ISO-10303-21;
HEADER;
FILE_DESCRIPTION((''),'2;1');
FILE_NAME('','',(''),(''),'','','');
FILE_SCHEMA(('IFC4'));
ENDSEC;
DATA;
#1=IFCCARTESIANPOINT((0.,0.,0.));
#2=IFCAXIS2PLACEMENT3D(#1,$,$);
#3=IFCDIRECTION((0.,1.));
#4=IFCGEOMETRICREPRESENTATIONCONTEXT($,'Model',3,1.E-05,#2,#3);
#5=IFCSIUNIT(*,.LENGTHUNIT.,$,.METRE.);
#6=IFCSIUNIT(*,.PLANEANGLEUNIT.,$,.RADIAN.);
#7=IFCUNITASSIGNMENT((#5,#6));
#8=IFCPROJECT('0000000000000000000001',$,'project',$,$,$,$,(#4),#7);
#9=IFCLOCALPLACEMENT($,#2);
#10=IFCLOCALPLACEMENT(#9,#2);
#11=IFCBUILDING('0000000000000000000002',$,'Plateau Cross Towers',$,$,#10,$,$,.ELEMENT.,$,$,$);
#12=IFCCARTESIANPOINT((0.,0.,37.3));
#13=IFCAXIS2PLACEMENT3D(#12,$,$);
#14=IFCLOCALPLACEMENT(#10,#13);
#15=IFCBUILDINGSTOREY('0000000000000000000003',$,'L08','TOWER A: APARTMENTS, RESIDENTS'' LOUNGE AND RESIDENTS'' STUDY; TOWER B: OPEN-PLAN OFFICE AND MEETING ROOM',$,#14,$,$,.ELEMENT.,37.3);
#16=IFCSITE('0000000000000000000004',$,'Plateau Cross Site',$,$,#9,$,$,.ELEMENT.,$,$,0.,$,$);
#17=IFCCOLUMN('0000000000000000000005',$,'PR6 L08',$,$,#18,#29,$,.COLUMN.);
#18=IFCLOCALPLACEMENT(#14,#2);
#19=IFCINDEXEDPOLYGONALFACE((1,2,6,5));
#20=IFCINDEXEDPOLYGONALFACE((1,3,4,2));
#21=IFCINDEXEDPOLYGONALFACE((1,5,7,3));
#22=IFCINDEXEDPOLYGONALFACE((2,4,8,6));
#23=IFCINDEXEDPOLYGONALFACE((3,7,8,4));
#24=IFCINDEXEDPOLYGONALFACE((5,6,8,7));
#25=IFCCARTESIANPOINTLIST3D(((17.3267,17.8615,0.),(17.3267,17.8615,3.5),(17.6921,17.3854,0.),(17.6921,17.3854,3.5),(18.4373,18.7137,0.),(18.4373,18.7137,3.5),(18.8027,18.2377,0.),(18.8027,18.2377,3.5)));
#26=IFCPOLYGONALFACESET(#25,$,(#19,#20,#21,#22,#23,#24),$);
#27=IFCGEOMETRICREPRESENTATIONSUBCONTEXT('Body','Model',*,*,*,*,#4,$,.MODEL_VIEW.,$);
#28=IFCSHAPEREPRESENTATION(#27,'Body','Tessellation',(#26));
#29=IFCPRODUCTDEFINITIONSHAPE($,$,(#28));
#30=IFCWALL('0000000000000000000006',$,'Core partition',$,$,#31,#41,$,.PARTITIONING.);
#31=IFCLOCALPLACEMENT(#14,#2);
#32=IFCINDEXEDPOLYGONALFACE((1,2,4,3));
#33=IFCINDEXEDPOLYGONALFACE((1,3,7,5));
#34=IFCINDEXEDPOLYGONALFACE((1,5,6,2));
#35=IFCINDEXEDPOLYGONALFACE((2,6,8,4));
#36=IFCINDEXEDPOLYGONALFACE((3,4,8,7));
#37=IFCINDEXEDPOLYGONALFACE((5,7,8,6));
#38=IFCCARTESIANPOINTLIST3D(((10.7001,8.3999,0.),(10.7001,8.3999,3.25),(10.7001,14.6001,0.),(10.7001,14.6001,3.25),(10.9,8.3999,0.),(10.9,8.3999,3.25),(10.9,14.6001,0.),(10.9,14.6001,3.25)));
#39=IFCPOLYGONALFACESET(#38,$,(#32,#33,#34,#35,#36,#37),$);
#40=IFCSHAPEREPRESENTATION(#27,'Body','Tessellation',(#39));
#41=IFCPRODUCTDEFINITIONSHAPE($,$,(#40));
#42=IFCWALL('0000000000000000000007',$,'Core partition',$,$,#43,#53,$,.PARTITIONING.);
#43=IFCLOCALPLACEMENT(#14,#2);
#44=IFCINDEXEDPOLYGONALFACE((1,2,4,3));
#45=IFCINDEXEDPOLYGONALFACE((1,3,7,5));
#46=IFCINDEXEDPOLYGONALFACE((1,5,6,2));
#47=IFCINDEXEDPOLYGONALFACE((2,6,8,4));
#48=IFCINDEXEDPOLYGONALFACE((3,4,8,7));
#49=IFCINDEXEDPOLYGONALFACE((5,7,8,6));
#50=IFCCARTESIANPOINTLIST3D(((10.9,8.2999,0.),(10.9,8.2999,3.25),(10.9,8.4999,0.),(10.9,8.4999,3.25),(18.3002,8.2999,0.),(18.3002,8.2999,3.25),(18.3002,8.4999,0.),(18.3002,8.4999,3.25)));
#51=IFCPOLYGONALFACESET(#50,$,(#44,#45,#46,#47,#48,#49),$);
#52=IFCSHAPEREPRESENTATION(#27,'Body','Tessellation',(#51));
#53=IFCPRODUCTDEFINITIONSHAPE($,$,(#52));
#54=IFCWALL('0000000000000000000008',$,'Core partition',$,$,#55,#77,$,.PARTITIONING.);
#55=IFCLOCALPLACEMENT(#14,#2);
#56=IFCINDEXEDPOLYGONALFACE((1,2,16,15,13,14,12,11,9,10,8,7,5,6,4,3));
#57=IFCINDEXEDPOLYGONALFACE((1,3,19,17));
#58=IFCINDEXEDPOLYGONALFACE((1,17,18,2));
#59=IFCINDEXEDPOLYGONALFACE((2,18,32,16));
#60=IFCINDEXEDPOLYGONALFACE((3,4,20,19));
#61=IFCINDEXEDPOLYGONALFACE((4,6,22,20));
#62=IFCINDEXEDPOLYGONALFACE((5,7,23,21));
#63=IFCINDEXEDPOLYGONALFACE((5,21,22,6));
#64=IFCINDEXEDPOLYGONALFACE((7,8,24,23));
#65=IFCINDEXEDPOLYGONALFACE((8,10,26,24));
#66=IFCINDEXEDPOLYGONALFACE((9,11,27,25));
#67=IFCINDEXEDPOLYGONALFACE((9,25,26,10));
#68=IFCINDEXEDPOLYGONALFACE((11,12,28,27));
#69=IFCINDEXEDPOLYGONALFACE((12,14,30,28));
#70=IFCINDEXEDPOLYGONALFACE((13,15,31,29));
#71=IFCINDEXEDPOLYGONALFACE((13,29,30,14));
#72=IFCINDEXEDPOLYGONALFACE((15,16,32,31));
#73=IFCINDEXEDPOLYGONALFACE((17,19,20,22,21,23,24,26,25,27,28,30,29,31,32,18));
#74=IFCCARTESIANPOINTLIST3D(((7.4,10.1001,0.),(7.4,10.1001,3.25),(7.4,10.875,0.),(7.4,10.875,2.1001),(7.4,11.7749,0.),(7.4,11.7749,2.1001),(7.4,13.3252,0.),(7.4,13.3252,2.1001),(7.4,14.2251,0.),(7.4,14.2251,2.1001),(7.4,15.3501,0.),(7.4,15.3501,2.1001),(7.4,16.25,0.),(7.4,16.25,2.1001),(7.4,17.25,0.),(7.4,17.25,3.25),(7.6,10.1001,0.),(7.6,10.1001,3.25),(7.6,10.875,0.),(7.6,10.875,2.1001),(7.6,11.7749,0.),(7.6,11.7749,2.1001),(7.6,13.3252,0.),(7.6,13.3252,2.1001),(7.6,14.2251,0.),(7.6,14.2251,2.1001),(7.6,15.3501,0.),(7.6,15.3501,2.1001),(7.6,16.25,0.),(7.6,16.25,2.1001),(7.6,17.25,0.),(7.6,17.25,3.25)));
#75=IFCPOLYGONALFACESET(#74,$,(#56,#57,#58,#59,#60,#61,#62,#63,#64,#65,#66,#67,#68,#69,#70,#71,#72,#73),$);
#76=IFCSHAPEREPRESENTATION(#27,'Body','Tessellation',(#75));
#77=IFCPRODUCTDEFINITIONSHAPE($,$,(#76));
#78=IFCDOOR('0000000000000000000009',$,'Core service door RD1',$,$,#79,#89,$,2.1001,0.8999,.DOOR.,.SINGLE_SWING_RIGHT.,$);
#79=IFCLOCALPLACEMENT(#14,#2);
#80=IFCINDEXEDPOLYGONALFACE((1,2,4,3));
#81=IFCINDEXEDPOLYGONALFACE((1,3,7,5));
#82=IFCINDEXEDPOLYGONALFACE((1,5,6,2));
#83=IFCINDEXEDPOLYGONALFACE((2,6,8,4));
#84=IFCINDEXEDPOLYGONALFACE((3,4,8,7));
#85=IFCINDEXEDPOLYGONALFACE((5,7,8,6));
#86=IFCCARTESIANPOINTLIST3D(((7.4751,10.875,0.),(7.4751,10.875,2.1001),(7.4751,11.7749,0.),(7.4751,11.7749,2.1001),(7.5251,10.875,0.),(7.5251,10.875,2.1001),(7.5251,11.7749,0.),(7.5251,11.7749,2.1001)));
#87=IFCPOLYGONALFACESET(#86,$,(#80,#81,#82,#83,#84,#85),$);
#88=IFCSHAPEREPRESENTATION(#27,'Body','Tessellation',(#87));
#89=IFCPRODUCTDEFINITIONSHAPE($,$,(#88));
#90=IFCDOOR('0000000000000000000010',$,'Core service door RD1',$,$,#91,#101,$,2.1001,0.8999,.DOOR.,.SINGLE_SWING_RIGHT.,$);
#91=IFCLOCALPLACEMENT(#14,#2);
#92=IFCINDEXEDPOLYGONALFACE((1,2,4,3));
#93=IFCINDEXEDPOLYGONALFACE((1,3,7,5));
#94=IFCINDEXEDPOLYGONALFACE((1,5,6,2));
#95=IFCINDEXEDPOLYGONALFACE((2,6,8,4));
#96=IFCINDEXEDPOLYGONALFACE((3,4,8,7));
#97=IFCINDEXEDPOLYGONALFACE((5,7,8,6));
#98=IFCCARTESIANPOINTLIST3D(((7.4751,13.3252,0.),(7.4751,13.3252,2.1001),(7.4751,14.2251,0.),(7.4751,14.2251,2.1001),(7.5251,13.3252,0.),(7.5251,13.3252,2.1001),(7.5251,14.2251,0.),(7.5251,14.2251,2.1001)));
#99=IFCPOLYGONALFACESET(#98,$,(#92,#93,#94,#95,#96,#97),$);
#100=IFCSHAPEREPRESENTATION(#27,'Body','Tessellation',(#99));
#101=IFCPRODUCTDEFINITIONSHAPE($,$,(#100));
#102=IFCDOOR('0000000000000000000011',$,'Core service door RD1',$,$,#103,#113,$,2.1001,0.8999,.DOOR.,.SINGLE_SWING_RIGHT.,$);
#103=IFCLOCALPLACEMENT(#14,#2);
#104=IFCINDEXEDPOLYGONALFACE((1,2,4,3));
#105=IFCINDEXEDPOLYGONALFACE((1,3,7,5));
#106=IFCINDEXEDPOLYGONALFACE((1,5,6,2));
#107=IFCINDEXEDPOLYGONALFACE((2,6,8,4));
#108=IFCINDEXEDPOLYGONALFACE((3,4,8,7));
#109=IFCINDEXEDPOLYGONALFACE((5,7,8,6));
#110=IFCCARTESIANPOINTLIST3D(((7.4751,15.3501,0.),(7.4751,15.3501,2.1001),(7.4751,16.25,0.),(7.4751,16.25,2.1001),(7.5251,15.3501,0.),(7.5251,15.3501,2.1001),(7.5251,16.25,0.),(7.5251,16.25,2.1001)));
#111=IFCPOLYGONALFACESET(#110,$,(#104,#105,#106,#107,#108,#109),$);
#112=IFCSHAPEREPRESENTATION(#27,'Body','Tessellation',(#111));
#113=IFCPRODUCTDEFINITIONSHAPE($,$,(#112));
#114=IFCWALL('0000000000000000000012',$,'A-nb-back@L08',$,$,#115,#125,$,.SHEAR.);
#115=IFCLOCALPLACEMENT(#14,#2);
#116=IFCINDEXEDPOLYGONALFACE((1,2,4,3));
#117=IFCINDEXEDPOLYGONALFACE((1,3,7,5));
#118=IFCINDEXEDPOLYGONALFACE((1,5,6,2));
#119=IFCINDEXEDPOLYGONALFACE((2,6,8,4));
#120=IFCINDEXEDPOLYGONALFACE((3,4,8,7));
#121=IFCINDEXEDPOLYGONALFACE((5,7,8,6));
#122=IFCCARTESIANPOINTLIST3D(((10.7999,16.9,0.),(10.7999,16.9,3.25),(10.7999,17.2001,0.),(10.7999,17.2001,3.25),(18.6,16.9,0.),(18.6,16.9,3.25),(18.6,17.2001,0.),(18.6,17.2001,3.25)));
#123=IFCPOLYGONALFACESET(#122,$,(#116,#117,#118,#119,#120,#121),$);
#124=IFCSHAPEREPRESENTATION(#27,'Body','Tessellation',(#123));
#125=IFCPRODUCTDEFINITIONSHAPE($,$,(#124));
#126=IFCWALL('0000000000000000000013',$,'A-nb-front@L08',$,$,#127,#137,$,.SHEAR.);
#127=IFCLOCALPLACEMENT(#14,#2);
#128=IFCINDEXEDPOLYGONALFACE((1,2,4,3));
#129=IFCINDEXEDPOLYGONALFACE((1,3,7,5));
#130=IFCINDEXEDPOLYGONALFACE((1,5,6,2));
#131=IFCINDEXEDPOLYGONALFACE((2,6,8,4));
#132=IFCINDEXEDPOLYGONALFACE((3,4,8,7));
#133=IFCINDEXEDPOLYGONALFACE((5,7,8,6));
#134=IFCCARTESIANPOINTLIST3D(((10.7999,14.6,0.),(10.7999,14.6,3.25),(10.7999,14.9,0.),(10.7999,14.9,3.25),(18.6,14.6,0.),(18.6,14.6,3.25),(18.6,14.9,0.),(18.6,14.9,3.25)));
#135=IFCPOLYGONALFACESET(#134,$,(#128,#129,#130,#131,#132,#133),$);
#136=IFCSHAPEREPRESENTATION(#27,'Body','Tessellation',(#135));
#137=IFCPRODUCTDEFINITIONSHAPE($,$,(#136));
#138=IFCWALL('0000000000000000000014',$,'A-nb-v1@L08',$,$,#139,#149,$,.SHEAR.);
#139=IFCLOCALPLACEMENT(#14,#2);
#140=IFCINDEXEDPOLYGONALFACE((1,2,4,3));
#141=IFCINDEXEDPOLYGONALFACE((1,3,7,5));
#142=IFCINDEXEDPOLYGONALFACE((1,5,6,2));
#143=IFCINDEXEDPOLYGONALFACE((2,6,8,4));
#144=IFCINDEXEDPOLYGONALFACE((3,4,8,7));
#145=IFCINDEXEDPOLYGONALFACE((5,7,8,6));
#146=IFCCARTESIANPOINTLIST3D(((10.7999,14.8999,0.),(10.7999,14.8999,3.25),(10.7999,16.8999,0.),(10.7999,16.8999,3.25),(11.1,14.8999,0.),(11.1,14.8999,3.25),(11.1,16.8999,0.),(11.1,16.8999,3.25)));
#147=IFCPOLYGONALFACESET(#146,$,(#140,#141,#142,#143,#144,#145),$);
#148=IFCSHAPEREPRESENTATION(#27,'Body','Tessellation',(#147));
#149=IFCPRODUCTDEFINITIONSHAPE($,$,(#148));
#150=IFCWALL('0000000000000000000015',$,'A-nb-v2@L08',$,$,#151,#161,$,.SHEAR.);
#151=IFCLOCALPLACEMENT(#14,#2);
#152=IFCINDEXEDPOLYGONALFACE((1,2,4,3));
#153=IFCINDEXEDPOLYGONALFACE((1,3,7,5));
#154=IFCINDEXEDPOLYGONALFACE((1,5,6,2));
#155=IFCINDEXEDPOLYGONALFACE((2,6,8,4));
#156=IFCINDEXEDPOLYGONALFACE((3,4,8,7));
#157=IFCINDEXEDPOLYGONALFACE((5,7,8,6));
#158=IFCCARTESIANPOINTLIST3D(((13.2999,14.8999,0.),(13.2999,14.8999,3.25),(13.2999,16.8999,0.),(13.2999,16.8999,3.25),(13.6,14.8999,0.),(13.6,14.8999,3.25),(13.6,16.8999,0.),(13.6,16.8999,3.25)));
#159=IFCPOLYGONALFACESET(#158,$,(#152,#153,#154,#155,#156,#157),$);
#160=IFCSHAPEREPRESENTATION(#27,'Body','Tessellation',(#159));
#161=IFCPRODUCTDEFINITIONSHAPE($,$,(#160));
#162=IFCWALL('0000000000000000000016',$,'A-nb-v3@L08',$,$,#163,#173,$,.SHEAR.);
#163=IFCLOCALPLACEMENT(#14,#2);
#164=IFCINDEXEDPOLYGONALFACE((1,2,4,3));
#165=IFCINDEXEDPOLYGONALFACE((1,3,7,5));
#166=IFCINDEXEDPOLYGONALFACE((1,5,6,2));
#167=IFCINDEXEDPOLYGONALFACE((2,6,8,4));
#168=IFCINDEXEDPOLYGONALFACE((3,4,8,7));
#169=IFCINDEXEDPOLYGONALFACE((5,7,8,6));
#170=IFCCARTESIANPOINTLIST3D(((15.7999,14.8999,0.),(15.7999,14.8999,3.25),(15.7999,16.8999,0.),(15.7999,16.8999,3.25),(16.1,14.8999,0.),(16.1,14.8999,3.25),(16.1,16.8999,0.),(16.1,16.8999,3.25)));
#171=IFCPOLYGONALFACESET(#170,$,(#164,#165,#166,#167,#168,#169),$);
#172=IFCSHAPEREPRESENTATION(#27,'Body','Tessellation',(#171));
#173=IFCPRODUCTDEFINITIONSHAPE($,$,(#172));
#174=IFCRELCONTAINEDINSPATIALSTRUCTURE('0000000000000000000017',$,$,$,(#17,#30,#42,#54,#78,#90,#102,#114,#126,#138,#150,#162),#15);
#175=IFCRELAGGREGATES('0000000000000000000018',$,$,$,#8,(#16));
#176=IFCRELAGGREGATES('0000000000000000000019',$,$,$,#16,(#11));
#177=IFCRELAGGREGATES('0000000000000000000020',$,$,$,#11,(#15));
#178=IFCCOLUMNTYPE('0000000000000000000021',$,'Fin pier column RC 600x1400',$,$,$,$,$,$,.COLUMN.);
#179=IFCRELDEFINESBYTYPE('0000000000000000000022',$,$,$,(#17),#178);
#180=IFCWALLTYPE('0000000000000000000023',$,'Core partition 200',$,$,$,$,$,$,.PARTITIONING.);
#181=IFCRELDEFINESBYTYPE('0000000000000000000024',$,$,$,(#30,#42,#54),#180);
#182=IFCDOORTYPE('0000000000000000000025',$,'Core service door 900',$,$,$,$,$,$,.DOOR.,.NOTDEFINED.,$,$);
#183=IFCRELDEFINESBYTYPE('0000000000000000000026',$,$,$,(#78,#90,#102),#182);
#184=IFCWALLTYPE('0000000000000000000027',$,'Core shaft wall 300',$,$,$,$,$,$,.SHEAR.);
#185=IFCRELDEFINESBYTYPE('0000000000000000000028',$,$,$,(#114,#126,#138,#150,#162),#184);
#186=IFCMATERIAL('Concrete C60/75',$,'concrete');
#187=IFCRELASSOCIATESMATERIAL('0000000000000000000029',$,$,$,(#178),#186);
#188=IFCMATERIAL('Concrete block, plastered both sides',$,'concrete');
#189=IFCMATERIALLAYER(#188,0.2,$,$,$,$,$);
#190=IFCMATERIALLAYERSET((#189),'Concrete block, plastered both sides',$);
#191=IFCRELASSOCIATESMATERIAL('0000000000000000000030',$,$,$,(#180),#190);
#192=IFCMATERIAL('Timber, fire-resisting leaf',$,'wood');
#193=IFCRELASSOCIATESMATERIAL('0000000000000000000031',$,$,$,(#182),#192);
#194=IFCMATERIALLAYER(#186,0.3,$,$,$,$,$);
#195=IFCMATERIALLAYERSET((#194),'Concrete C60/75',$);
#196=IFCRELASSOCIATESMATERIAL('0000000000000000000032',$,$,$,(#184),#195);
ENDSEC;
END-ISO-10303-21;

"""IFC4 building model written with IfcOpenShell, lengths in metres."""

from ifc_helpers import new_model, si_unit, direction, frame, frame_2d, origin, origin_2d, place, context, subcontext, project, spatial, rectangle, extrude, material, layer, layer_set, material_profile, profile_set, type_object, element, fill, save


model = new_model("IFC4")

# Units and contexts
model_context = context("Model", 3, precision=1e-05, world=origin(), true_north=direction((0.0, 1.0)))
body_context = subcontext(model_context, "Body", "Model", "MODEL_VIEW")
ifc_project = project(units=[si_unit("LENGTHUNIT", "METRE"), si_unit("PLANEANGLEUNIT", "RADIAN")], contexts=[model_context])

# Site, building, storey
site_placement = place(None, origin())
site = spatial("IfcSite", under=ifc_project, at=site_placement, Name="Plateau Cross Site", CompositionType="ELEMENT", RefElevation=0.0)
building_placement = place(site_placement, origin())
building = spatial("IfcBuilding", under=site, at=building_placement, Name="Plateau Cross Towers", CompositionType="ELEMENT")
storey_placement = place(building_placement, frame((0.0, 0.0, 37.3)))
storey = spatial("IfcBuildingStorey", under=building, at=storey_placement, Name="L08", Description="TOWER A: APARTMENTS, RESIDENTS' LOUNGE AND RESIDENTS' STUDY; TOWER B: OPEN-PLAN OFFICE AND MEETING ROOM", CompositionType="ELEMENT", Elevation=37.3)

# Column
ifc_material_1 = material(Name="Concrete C60/75", Category="concrete")
ifc_material_profile = material_profile(ifc_material_1, rectangle(XDim=0.6001, YDim=1.3999, at=origin_2d()), Name="RC 600x1400")
ifc_profile_set = profile_set([ifc_material_profile], Name="Concrete C60/75")
column_type = type_object("IfcColumnType", Name="Fin pier column RC 600x1400", PredefinedType="COLUMN", material=ifc_profile_set)
column_placement = place(storey_placement, frame((18.0647, 18.0496, 0.0), z_axis=(0.0, 0.0, 1.0), x_axis=(-0.608811, 0.793315, 0.0)))
element("IfcColumn", 1, at=column_placement, inside=storey, type_object=column_type, Name="PR6 L08", PredefinedType="COLUMN", context=body_context, shape_type="SweptSolid", body=[
    extrude(rectangle(XDim=0.6001, YDim=1.3999, at=origin_2d()), origin(), (0.0, 0.0, 1.0), 3.5),
])

# Walls
ifc_material_2 = material(Name="Concrete block, plastered both sides", Category="concrete")
ifc_layer_1 = layer(ifc_material_2, 0.2)
ifc_layer_set_1 = layer_set([ifc_layer_1], Name="Concrete block, plastered both sides")
wall_type_1 = type_object("IfcWallType", Name="Core partition 200", PredefinedType="PARTITIONING", material=ifc_layer_set_1)
wall_1_placement = place(storey_placement, frame((10.8, 8.3999, 0.0), z_axis=(0.0, 0.0, 1.0), x_axis=(0.0, 1.0, 0.0)))
element("IfcWall", 2, at=wall_1_placement, inside=storey, type_object=wall_type_1, Name="Core partition", PredefinedType="PARTITIONING", context=body_context, shape_type="SweptSolid", body=[
    extrude(rectangle(XDim=6.2002, YDim=0.2, at=frame_2d((3.1001, 0.0))), origin(), (0.0, 0.0, 1.0), 3.25),
])
wall_2_placement = place(storey_placement, frame((10.8999, 8.3999, 0.0), z_axis=(0.0, 0.0, 1.0), x_axis=(1.0, 0.0, 0.0)))
element("IfcWall", 3, at=wall_2_placement, inside=storey, type_object=wall_type_1, Name="Core partition", PredefinedType="PARTITIONING", context=body_context, shape_type="SweptSolid", body=[
    extrude(rectangle(XDim=7.4001, YDim=0.2, at=frame_2d((3.7002, 0.0))), origin(), (0.0, 0.0, 1.0), 3.25),
])

# Wall, openings, doors
wall_3_placement = place(storey_placement, frame((7.5, 10.1001, 0.0), z_axis=(0.0, 0.0, 1.0), x_axis=(0.0, 1.0, 0.0)))
wall_3 = element("IfcWall", 4, at=wall_3_placement, inside=storey, type_object=wall_type_1, Name="Core partition", PredefinedType="PARTITIONING", context=body_context, shape_type="SweptSolid", body=[
    extrude(rectangle(XDim=7.1499, YDim=0.2, at=frame_2d((3.575, 0.0))), origin(), (0.0, 0.0, 1.0), 3.25),
])
opening_1_placement = place(wall_3_placement, frame((0.7749, 0.0, 0.0)))
opening_1 = element("IfcOpeningElement", 5, at=opening_1_placement, cuts=wall_3, PredefinedType="OPENING", context=body_context, shape_type="SweptSolid", body=[
    extrude(rectangle(XDim=0.8999, YDim=2.1001, at=frame_2d((0.45, 1.05))), frame((0.0, 0.1099, 0.0), z_axis=(0.0, -1.0, 0.0), x_axis=(1.0, 0.0, 0.0)), (0.0, 0.0, 1.0), 0.22),
])
opening_2_placement = place(wall_3_placement, frame((3.2251, 0.0, 0.0)))
opening_2 = element("IfcOpeningElement", 6, at=opening_2_placement, cuts=wall_3, PredefinedType="OPENING", context=body_context, shape_type="SweptSolid", body=[
    extrude(rectangle(XDim=0.8999, YDim=2.1001, at=frame_2d((0.45, 1.05))), frame((0.0, 0.1099, 0.0), z_axis=(0.0, -1.0, 0.0), x_axis=(1.0, 0.0, 0.0)), (0.0, 0.0, 1.0), 0.22),
])
opening_3_placement = place(wall_3_placement, frame((5.25, 0.0, 0.0)))
opening_3 = element("IfcOpeningElement", 7, at=opening_3_placement, cuts=wall_3, PredefinedType="OPENING", context=body_context, shape_type="SweptSolid", body=[
    extrude(rectangle(XDim=0.8999, YDim=2.1001, at=frame_2d((0.45, 1.05))), frame((0.0, 0.1099, 0.0), z_axis=(0.0, -1.0, 0.0), x_axis=(1.0, 0.0, 0.0)), (0.0, 0.0, 1.0), 0.22),
])
ifc_material_3 = material(Name="Timber, fire-resisting leaf", Category="wood")
door_type_1 = type_object("IfcDoorType", Name="Core service door 900", OperationType="NOTDEFINED", PredefinedType="DOOR", material=ifc_material_3)
door_1_placement = place(opening_1_placement, origin())
door_1 = element("IfcDoor", 8, at=door_1_placement, inside=storey, type_object=door_type_1, Name="Core service door RD1", OperationType="SINGLE_SWING_RIGHT", OverallHeight=2.1001, OverallWidth=0.8999, PredefinedType="DOOR", context=body_context, shape_type="SweptSolid", body=[
    extrude(rectangle(XDim=0.8999, YDim=2.1001, at=frame_2d((0.45, 1.05))), frame((0.0, 0.0249, 0.0), z_axis=(0.0, -1.0, 0.0), x_axis=(1.0, 0.0, 0.0)), (0.0, 0.0, 1.0), 0.05),
])
fill(opening_1, door_1)
door_2_placement = place(opening_2_placement, origin())
door_2 = element("IfcDoor", 9, at=door_2_placement, inside=storey, type_object=door_type_1, Name="Core service door RD1", OperationType="SINGLE_SWING_RIGHT", OverallHeight=2.1001, OverallWidth=0.8999, PredefinedType="DOOR", context=body_context, shape_type="SweptSolid", body=[
    extrude(rectangle(XDim=0.8999, YDim=2.1001, at=frame_2d((0.45, 1.05))), frame((0.0, 0.0249, 0.0), z_axis=(0.0, -1.0, 0.0), x_axis=(1.0, 0.0, 0.0)), (0.0, 0.0, 1.0), 0.05),
])
fill(opening_2, door_2)
door_3_placement = place(opening_3_placement, origin())
door_3 = element("IfcDoor", 10, at=door_3_placement, inside=storey, type_object=door_type_1, Name="Core service door RD1", OperationType="SINGLE_SWING_RIGHT", OverallHeight=2.1001, OverallWidth=0.8999, PredefinedType="DOOR", context=body_context, shape_type="SweptSolid", body=[
    extrude(rectangle(XDim=0.8999, YDim=2.1001, at=frame_2d((0.45, 1.05))), frame((0.0, 0.0249, 0.0), z_axis=(0.0, -1.0, 0.0), x_axis=(1.0, 0.0, 0.0)), (0.0, 0.0, 1.0), 0.05),
])
fill(opening_3, door_3)

# Walls
ifc_layer_2 = layer(ifc_material_1, 0.3)
ifc_layer_set_2 = layer_set([ifc_layer_2], Name="Concrete C60/75")
wall_type_2 = type_object("IfcWallType", Name="Core shaft wall 300", PredefinedType="SHEAR", material=ifc_layer_set_2)
for number, where, z_axis, x_axis, name in (
    (11, (10.8, 17.05, 0.0), (0.0, 0.0, 1.0), (1.0, 0.0, 0.0), "A-nb-back@L08"),
    (12, (10.8, 14.75, 0.0), (0.0, 0.0, 1.0), (1.0, 0.0, 0.0), "A-nb-front@L08"),
):
    element("IfcWall", number, at=place(storey_placement, frame(where, z_axis=z_axis, x_axis=x_axis)), inside=storey, type_object=wall_type_2, Name=name, PredefinedType="SHEAR", context=body_context, shape_type="SweptSolid", body=[
        extrude(rectangle(XDim=7.8, YDim=0.3, at=frame_2d((3.8999, 0.0))), origin(), (0.0, 0.0, 1.0), 3.25),
    ])
for number, where, z_axis, x_axis, name in (
    (13, (10.95, 14.8999, 0.0), (0.0, 0.0, 1.0), (0.0, 1.0, 0.0), "A-nb-v1@L08"),
    (14, (13.45, 14.8999, 0.0), (0.0, 0.0, 1.0), (0.0, 1.0, 0.0), "A-nb-v2@L08"),
    (15, (15.95, 14.8999, 0.0), (0.0, 0.0, 1.0), (0.0, 1.0, 0.0), "A-nb-v3@L08"),
):
    element("IfcWall", number, at=place(storey_placement, frame(where, z_axis=z_axis, x_axis=x_axis)), inside=storey, type_object=wall_type_2, Name=name, PredefinedType="SHEAR", context=body_context, shape_type="SweptSolid", body=[
        extrude(rectangle(XDim=2.0, YDim=0.3, at=frame_2d((1.0, 0.0))), origin(), (0.0, 0.0, 1.0), 3.25),
    ])

save(model, "model.ifc")
